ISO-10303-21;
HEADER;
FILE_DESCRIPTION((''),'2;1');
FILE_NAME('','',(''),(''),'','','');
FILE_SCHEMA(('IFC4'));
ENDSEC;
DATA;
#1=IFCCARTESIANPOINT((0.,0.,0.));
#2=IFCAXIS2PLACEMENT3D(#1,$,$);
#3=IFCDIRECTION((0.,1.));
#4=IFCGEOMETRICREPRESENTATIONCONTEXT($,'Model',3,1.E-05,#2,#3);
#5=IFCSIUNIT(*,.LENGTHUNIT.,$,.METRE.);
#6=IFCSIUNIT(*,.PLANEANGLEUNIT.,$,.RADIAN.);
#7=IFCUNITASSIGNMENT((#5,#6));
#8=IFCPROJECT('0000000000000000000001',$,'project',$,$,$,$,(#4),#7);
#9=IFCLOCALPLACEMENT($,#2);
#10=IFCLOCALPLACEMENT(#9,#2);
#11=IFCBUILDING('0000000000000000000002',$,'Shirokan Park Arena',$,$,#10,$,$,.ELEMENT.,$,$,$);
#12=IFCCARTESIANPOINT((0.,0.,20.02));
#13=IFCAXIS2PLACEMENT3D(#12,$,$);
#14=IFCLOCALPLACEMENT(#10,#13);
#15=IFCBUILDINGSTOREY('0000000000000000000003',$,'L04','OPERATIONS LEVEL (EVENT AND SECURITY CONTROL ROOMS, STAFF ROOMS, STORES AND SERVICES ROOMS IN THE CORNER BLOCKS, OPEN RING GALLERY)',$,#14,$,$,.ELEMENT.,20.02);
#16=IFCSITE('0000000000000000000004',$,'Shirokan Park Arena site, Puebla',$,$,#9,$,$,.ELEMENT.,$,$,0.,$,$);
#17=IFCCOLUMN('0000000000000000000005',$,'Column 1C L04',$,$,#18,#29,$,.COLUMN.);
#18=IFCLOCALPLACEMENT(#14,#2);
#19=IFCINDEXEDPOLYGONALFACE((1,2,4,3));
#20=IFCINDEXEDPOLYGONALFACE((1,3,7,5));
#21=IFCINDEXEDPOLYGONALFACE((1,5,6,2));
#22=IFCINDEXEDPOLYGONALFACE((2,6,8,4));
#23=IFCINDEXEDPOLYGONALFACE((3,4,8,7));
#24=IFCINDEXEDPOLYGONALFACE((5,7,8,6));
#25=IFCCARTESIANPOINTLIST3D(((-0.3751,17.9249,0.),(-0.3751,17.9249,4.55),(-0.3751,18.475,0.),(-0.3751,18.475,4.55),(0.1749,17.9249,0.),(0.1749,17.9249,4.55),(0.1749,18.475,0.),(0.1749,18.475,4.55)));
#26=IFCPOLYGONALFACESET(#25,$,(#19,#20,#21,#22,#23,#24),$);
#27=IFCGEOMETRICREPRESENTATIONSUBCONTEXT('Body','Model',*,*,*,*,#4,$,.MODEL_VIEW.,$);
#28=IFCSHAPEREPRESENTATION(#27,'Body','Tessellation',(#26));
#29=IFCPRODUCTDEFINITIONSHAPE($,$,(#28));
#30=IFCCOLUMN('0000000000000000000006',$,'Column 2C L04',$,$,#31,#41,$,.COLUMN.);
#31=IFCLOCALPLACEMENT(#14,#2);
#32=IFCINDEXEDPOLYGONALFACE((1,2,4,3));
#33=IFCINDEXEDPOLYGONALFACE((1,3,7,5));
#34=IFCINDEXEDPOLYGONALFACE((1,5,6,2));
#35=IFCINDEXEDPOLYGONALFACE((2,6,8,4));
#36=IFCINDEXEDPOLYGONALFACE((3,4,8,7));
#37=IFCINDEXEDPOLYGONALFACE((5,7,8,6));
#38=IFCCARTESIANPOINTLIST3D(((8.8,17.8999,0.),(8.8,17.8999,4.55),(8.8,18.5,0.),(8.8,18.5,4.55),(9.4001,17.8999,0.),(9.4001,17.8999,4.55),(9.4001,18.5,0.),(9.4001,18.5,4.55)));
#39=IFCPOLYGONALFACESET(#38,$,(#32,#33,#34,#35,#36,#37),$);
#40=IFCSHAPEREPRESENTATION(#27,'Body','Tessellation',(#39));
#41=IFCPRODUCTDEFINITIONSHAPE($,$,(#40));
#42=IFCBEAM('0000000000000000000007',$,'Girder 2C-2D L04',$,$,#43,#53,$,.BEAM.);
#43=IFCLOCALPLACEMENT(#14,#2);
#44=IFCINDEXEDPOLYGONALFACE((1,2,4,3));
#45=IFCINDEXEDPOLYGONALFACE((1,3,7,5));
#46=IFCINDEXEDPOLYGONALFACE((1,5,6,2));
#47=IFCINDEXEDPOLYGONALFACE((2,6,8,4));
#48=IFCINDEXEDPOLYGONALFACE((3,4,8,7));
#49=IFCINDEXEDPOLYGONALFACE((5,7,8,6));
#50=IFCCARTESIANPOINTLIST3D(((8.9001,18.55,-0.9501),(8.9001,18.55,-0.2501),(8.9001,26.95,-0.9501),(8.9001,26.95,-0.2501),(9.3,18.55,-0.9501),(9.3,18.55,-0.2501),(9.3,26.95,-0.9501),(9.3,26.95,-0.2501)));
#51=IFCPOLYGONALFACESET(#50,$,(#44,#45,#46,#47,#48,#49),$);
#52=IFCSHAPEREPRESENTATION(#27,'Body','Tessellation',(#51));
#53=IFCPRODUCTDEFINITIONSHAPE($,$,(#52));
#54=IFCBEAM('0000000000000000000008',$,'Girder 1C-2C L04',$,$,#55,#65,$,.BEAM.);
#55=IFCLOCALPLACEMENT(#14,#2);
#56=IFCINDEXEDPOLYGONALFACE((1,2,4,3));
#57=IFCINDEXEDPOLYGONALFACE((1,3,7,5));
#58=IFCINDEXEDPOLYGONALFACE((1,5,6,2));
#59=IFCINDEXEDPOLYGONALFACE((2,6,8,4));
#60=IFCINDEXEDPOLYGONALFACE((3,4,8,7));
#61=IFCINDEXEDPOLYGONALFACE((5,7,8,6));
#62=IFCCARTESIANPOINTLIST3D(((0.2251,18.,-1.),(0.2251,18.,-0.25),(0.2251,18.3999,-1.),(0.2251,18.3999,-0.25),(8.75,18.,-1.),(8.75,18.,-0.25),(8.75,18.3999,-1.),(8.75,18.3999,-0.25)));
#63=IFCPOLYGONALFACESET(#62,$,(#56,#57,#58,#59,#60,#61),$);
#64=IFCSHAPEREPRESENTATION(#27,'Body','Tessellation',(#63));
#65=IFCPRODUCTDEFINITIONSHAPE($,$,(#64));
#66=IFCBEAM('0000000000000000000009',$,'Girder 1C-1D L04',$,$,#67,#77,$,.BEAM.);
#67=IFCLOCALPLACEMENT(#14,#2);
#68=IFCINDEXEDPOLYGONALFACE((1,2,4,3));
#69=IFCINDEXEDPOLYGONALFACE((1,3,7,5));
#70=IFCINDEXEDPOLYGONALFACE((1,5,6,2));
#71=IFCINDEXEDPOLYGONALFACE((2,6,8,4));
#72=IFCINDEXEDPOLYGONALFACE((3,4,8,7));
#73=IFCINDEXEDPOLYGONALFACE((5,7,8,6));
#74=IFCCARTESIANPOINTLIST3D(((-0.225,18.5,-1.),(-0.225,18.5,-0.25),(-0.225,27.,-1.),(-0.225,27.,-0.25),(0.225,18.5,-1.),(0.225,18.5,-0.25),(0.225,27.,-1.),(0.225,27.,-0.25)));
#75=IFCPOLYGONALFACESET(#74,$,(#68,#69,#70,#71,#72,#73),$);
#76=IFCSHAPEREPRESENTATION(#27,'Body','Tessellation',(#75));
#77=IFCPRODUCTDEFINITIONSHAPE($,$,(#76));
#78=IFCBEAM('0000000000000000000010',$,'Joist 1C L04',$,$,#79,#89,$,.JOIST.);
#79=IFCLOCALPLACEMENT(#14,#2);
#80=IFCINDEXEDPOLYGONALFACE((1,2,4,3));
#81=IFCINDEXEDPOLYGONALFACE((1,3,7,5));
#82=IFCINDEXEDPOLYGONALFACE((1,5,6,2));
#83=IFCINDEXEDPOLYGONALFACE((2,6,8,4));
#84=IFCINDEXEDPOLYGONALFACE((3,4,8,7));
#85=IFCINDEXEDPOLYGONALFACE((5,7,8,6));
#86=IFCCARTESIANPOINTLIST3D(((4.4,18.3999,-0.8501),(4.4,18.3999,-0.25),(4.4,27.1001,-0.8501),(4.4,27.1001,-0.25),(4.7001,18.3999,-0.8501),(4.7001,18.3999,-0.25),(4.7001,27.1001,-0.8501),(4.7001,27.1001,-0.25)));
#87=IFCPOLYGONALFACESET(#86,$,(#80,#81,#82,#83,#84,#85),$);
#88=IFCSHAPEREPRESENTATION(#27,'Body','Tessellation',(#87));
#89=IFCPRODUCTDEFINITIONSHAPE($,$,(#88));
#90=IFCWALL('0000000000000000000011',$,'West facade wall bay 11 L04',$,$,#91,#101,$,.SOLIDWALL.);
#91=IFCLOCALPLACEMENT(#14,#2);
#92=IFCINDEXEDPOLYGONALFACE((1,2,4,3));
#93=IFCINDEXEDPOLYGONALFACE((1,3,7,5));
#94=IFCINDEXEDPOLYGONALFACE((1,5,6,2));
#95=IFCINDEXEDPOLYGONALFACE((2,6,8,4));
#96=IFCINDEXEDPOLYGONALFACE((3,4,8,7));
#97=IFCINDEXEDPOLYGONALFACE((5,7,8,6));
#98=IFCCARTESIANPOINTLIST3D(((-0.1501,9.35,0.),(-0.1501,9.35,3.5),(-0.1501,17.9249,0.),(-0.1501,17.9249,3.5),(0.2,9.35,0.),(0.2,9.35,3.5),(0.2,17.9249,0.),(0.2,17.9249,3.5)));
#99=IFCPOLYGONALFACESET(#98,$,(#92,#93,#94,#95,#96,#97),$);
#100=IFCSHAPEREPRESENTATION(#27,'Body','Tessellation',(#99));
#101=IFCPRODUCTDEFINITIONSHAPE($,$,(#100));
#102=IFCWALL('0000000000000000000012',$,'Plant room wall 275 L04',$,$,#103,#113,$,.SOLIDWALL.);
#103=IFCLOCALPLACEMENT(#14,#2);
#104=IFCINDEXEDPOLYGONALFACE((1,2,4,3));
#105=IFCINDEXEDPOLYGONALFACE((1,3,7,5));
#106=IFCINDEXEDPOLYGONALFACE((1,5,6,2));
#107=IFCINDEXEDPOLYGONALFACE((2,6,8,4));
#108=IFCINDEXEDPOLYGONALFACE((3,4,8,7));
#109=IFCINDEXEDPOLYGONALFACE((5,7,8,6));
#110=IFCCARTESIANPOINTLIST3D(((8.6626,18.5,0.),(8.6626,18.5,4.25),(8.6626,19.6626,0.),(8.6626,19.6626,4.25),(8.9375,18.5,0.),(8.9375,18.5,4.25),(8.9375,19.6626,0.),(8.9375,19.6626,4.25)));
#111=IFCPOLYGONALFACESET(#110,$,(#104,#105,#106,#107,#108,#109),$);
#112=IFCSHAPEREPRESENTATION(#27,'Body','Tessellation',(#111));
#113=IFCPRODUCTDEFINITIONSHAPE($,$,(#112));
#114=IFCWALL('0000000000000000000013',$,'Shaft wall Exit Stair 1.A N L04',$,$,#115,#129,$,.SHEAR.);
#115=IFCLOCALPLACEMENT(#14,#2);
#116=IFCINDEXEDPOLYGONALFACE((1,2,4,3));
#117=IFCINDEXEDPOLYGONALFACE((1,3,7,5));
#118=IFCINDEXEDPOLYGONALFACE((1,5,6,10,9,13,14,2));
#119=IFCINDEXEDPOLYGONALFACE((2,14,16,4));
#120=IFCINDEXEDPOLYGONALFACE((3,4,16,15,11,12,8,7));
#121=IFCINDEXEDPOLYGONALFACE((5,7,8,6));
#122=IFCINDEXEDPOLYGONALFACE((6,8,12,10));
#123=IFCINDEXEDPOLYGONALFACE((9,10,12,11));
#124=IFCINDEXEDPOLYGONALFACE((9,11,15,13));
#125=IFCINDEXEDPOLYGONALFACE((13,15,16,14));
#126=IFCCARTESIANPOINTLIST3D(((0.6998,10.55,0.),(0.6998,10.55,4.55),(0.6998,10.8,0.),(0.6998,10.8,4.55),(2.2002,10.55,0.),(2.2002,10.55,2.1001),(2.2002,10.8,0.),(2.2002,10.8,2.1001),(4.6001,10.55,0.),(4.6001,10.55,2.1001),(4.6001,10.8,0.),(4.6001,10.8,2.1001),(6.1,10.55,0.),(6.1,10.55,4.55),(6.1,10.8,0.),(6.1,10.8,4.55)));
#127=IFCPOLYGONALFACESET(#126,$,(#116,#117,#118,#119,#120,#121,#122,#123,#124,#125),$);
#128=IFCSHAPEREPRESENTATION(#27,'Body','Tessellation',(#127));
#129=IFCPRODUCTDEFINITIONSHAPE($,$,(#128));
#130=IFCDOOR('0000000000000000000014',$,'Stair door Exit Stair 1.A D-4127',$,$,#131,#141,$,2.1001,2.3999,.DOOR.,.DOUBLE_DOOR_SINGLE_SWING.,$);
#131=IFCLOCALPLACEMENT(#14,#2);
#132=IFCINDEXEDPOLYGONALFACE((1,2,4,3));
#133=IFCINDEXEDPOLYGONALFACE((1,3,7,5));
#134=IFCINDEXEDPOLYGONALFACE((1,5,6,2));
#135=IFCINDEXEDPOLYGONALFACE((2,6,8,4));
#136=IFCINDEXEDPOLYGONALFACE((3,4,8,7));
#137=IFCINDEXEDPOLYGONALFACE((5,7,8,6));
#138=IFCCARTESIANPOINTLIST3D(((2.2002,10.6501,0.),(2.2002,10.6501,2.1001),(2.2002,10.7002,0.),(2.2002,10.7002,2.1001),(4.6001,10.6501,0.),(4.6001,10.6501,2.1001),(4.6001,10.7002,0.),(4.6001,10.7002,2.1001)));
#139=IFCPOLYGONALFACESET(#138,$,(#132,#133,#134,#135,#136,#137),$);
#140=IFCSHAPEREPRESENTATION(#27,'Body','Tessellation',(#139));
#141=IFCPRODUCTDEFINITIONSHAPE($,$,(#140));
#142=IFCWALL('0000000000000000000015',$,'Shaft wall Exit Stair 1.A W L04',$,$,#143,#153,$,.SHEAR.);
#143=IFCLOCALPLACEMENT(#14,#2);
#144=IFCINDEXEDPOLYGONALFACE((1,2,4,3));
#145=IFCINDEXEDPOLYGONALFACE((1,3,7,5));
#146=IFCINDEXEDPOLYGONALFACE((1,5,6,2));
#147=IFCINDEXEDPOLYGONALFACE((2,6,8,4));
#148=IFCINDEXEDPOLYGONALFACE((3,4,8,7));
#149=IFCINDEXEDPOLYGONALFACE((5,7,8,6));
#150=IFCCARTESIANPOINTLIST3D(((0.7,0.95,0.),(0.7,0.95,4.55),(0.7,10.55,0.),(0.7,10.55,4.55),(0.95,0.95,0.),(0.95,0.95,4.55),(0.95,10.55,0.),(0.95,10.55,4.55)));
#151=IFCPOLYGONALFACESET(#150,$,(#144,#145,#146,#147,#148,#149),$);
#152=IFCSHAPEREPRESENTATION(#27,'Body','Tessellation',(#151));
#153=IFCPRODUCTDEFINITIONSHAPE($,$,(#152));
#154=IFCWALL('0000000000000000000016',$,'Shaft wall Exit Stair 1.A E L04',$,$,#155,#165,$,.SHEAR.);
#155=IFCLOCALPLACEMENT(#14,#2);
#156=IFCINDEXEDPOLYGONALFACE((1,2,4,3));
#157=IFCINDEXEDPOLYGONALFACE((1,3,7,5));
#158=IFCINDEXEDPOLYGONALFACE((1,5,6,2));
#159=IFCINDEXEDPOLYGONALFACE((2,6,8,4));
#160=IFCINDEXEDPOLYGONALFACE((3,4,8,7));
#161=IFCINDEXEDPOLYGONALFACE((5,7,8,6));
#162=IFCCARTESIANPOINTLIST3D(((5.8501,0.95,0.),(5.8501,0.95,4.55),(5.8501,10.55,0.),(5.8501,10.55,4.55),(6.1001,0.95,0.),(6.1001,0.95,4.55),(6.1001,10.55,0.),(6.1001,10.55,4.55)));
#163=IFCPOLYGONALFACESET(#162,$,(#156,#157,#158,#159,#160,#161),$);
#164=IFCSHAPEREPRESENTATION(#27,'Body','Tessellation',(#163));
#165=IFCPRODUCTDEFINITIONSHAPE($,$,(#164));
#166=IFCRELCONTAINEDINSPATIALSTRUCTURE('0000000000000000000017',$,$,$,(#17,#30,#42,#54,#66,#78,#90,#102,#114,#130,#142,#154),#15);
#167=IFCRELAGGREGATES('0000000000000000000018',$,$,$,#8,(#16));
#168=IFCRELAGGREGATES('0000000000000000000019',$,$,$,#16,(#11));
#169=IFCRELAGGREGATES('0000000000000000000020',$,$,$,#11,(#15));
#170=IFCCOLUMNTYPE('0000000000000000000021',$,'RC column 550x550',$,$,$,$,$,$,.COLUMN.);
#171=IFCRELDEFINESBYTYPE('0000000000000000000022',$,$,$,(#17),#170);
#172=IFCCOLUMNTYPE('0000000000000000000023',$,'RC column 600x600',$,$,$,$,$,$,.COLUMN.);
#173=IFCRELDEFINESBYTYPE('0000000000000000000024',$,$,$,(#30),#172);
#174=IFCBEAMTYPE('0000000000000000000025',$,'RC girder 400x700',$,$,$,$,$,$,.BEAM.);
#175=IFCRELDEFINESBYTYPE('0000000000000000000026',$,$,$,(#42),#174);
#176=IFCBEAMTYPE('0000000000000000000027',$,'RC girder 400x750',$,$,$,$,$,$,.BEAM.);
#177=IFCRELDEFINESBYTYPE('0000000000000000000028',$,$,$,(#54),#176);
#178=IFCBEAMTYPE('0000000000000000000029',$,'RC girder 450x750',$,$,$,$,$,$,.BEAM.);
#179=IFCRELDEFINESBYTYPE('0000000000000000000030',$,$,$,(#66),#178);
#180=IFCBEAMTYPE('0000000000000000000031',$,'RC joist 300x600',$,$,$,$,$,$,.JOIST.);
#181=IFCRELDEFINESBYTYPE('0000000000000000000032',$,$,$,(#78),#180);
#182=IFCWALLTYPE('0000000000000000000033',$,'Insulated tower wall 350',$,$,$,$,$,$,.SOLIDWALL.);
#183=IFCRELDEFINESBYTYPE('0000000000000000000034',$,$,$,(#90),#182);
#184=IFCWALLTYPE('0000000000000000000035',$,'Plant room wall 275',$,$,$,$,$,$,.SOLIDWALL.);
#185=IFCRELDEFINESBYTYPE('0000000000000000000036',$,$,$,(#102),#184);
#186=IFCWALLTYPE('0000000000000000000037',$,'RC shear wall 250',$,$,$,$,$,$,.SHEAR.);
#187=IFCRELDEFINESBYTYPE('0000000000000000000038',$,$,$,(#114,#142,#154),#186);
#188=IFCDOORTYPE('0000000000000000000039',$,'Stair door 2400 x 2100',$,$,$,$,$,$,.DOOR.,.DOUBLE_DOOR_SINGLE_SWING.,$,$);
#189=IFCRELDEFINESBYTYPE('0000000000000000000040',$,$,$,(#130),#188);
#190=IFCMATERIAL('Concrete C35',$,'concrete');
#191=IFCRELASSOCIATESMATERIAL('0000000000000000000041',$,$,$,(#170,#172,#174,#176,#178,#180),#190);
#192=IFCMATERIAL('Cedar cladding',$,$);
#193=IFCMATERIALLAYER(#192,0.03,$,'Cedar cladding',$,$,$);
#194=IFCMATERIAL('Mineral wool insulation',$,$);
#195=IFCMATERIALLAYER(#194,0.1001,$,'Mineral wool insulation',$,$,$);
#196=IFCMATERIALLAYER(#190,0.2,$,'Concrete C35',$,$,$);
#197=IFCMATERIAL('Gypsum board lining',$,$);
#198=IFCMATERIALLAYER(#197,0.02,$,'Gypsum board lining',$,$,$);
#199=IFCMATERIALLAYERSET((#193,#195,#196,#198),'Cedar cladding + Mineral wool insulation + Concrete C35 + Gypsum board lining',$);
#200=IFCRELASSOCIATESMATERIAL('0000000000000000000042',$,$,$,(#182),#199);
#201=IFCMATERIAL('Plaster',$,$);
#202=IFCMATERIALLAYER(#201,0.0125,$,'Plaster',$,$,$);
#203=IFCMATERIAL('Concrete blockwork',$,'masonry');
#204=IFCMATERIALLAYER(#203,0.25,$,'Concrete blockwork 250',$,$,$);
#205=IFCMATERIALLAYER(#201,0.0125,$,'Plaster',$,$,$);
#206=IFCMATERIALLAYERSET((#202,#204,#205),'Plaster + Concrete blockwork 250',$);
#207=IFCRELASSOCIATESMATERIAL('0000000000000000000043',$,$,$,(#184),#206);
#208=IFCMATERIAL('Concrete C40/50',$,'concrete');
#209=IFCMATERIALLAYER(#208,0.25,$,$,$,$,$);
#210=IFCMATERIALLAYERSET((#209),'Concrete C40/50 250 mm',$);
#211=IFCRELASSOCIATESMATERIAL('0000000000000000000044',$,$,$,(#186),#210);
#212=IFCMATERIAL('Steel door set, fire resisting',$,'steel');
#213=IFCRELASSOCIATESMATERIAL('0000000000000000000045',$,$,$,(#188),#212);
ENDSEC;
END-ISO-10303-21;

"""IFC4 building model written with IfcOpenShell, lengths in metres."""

from ifc_helpers import new_model, si_unit, direction, frame, frame_2d, origin, origin_2d, place, context, subcontext, project, spatial, rectangle, extrude, material, layer, layer_set, material_profile, profile_set, type_object, element, fill, save


model = new_model("IFC4")

# Units and contexts
model_context = context("Model", 3, precision=1e-05, world=origin(), true_north=direction((0.0, 1.0)))
body_context = subcontext(model_context, "Body", "Model", "MODEL_VIEW")
ifc_project = project(units=[si_unit("LENGTHUNIT", "METRE"), si_unit("PLANEANGLEUNIT", "RADIAN")], contexts=[model_context])

# Site, building, storey
site_placement = place(None, origin())
site = spatial("IfcSite", under=ifc_project, at=site_placement, Name="Shirokan Park Arena site, Puebla", CompositionType="ELEMENT", RefElevation=0.0)
building_placement = place(site_placement, origin())
building = spatial("IfcBuilding", under=site, at=building_placement, Name="Shirokan Park Arena", CompositionType="ELEMENT")
storey_placement = place(building_placement, frame((0.0, 0.0, 20.02)))
storey = spatial("IfcBuildingStorey", under=building, at=storey_placement, Name="L04", Description="OPERATIONS LEVEL (EVENT AND SECURITY CONTROL ROOMS, STAFF ROOMS, STORES AND SERVICES ROOMS IN THE CORNER BLOCKS, OPEN RING GALLERY)", CompositionType="ELEMENT", Elevation=20.02)

# Columns
ifc_material_1 = material(Name="Concrete C35", Category="concrete")
ifc_material_profile_1 = material_profile(ifc_material_1, rectangle(XDim=0.55, YDim=0.55, at=origin_2d()), Name="550x550")
ifc_profile_set_1 = profile_set([ifc_material_profile_1], Name="Concrete C35")
column_type_1 = type_object("IfcColumnType", Name="RC column 550x550", PredefinedType="COLUMN", material=ifc_profile_set_1)
column_1_placement = place(storey_placement, frame((-0.1001, 18.2, 0.0), z_axis=(0.0, 0.0, 1.0), x_axis=(1.0, 0.0, 0.0)))
element("IfcColumn", 1, at=column_1_placement, inside=storey, type_object=column_type_1, Name="Column 1C L04", PredefinedType="COLUMN", context=body_context, shape_type="SweptSolid", body=[
    extrude(rectangle(XDim=0.55, YDim=0.55, at=origin_2d()), origin(), (0.0, 0.0, 1.0), 4.55),
])
ifc_material_profile_2 = material_profile(ifc_material_1, rectangle(XDim=0.6001, YDim=0.6001, at=origin_2d()), Name="600x600")
ifc_profile_set_2 = profile_set([ifc_material_profile_2], Name="Concrete C35")
column_type_2 = type_object("IfcColumnType", Name="RC column 600x600", PredefinedType="COLUMN", material=ifc_profile_set_2)
column_2_placement = place(storey_placement, frame((9.1001, 18.2, 0.0), z_axis=(0.0, 0.0, 1.0), x_axis=(1.0, 0.0, 0.0)))
element("IfcColumn", 2, at=column_2_placement, inside=storey, type_object=column_type_2, Name="Column 2C L04", PredefinedType="COLUMN", context=body_context, shape_type="SweptSolid", body=[
    extrude(rectangle(XDim=0.6001, YDim=0.6001, at=origin_2d()), origin(), (0.0, 0.0, 1.0), 4.55),
])

# Beams
ifc_material_profile_3 = material_profile(ifc_material_1, rectangle(XDim=0.3999, YDim=0.7, at=origin_2d()), Name="400x700")
ifc_profile_set_3 = profile_set([ifc_material_profile_3], Name="Concrete C35")
beam_type_1 = type_object("IfcBeamType", Name="RC girder 400x700", PredefinedType="BEAM", material=ifc_profile_set_3)
beam_1_placement = place(storey_placement, frame((9.1001, 18.55, -0.6001), z_axis=(0.0, 1.0, 0.0), x_axis=(-1.0, 0.0, 0.0)))
element("IfcBeam", 3, at=beam_1_placement, inside=storey, type_object=beam_type_1, Name="Girder 2C-2D L04", PredefinedType="BEAM", context=body_context, shape_type="SweptSolid", body=[
    extrude(rectangle(XDim=0.3999, YDim=0.7, at=origin_2d()), origin(), (0.0, 0.0, 1.0), 8.3999),
])
ifc_material_profile_4 = material_profile(ifc_material_1, rectangle(XDim=0.3999, YDim=0.75, at=origin_2d()), Name="400x750")
ifc_profile_set_4 = profile_set([ifc_material_profile_4], Name="Concrete C35")
beam_type_2 = type_object("IfcBeamType", Name="RC girder 400x750", PredefinedType="BEAM", material=ifc_profile_set_4)
beam_2_placement = place(storey_placement, frame((0.2251, 18.2, -0.625), z_axis=(1.0, 0.0, 0.0), x_axis=(0.0, 1.0, 0.0)))
element("IfcBeam", 4, at=beam_2_placement, inside=storey, type_object=beam_type_2, Name="Girder 1C-2C L04", PredefinedType="BEAM", context=body_context, shape_type="SweptSolid", body=[
    extrude(rectangle(XDim=0.3999, YDim=0.75, at=origin_2d()), origin(), (0.0, 0.0, 1.0), 8.5249),
])
ifc_material_profile_5 = material_profile(ifc_material_1, rectangle(XDim=0.45, YDim=0.75, at=origin_2d()), Name="450x750")
ifc_profile_set_5 = profile_set([ifc_material_profile_5], Name="Concrete C35")
beam_type_3 = type_object("IfcBeamType", Name="RC girder 450x750", PredefinedType="BEAM", material=ifc_profile_set_5)
beam_3_placement = place(storey_placement, frame((0.0, 18.5, -0.625), z_axis=(0.0, 1.0, 0.0), x_axis=(-1.0, 0.0, 0.0)))
element("IfcBeam", 5, at=beam_3_placement, inside=storey, type_object=beam_type_3, Name="Girder 1C-1D L04", PredefinedType="BEAM", context=body_context, shape_type="SweptSolid", body=[
    extrude(rectangle(XDim=0.45, YDim=0.75, at=origin_2d()), origin(), (0.0, 0.0, 1.0), 8.5),
])
ifc_material_profile_6 = material_profile(ifc_material_1, rectangle(XDim=0.3, YDim=0.6001, at=origin_2d()), Name="300x600")
ifc_profile_set_6 = profile_set([ifc_material_profile_6], Name="Concrete C35")
beam_type_4 = type_object("IfcBeamType", Name="RC joist 300x600", PredefinedType="JOIST", material=ifc_profile_set_6)
beam_4_placement = place(storey_placement, frame((4.55, 18.3999, -0.55), z_axis=(0.0, 1.0, 0.0), x_axis=(-1.0, 0.0, 0.0)))
element("IfcBeam", 6, at=beam_4_placement, inside=storey, type_object=beam_type_4, Name="Joist 1C L04", PredefinedType="JOIST", context=body_context, shape_type="SweptSolid", body=[
    extrude(rectangle(XDim=0.3, YDim=0.6001, at=origin_2d()), origin(), (0.0, 0.0, 1.0), 8.7002),
])

# Wall
ifc_material_2 = material(Name="Cedar cladding")
ifc_layer_1 = layer(ifc_material_2, 0.03, Name="Cedar cladding")
ifc_material_3 = material(Name="Mineral wool insulation")
ifc_layer_2 = layer(ifc_material_3, 0.1001, Name="Mineral wool insulation")
ifc_layer_3 = layer(ifc_material_1, 0.2, Name="Concrete C35")
ifc_material_4 = material(Name="Gypsum board lining")
ifc_layer_4 = layer(ifc_material_4, 0.02, Name="Gypsum board lining")
ifc_layer_set_1 = layer_set([ifc_layer_1, ifc_layer_2, ifc_layer_3, ifc_layer_4], Name="Cedar cladding + Mineral wool insulation + Concrete C35 + Gypsum board lining")
wall_type_1 = type_object("IfcWallType", Name="Insulated tower wall 350", PredefinedType="SOLIDWALL", material=ifc_layer_set_1)
wall_1_placement = place(storey_placement, frame((0.0249, 17.925, 0.0), z_axis=(0.0, 0.0, 1.0), x_axis=(0.0, -1.0, 0.0)))
element("IfcWall", 7, at=wall_1_placement, inside=storey, type_object=wall_type_1, Name="West facade wall bay 11 L04", PredefinedType="SOLIDWALL", context=body_context, shape_type="SweptSolid", body=[
    extrude(rectangle(XDim=8.575, YDim=0.3501, at=frame_2d((4.2876, 0.0))), origin(), (0.0, 0.0, 1.0), 3.5),
])

# Shared definitions
ifc_material_5 = material(Name="Plaster")
ifc_layer_5 = layer(ifc_material_5, 0.0125, Name="Plaster")
ifc_material_6 = material(Name="Concrete blockwork", Category="masonry")
ifc_layer_6 = layer(ifc_material_6, 0.25, Name="Concrete blockwork 250")
ifc_layer_7 = layer(ifc_material_5, 0.0125, Name="Plaster")
ifc_layer_set_2 = layer_set([ifc_layer_5, ifc_layer_6, ifc_layer_7], Name="Plaster + Concrete blockwork 250")
wall_type_2 = type_object("IfcWallType", Name="Plant room wall 275", PredefinedType="SOLIDWALL", material=ifc_layer_set_2)

# Wall
wall_2_placement = place(storey_placement, frame((8.8, 19.6626, 0.0), z_axis=(0.0, 0.0, 1.0), x_axis=(0.0, -1.0, 0.0)))
element("IfcWall", 8, at=wall_2_placement, inside=storey, type_object=wall_type_2, Name="Plant room wall 275 L04", PredefinedType="SOLIDWALL", context=body_context, shape_type="SweptSolid", body=[
    extrude(rectangle(XDim=1.1626, YDim=0.2749, at=frame_2d((0.5813, 0.0))), origin(), (0.0, 0.0, 1.0), 4.25),
])

# Wall, opening, door
ifc_material_7 = material(Name="Concrete C40/50", Category="concrete")
ifc_layer_8 = layer(ifc_material_7, 0.25)
ifc_layer_set_3 = layer_set([ifc_layer_8], Name="Concrete C40/50 250 mm")
wall_type_3 = type_object("IfcWallType", Name="RC shear wall 250", PredefinedType="SHEAR", material=ifc_layer_set_3)
wall_3_placement = place(storey_placement, frame((6.1001, 10.675, 0.0), z_axis=(0.0, 0.0, 1.0), x_axis=(-1.0, 0.0, 0.0)))
wall_3 = element("IfcWall", 9, at=wall_3_placement, inside=storey, type_object=wall_type_3, Name="Shaft wall Exit Stair 1.A N L04", PredefinedType="SHEAR", context=body_context, shape_type="SweptSolid", body=[
    extrude(rectangle(XDim=5.4001, YDim=0.25, at=frame_2d((2.7002, 0.0))), origin(), (0.0, 0.0, 1.0), 4.55),
])
opening_1_placement = place(wall_3_placement, frame((1.5, 0.0, 0.0)))
opening_1 = element("IfcOpeningElement", 10, at=opening_1_placement, cuts=wall_3, PredefinedType="OPENING", context=body_context, shape_type="SweptSolid", body=[
    extrude(rectangle(XDim=2.3999, YDim=2.1001, at=frame_2d((1.2, 1.05))), frame((0.0, 0.135, 0.0), z_axis=(0.0, -1.0, 0.0), x_axis=(1.0, 0.0, 0.0)), (0.0, 0.0, 1.0), 0.27),
])
ifc_material_8 = material(Name="Steel door set, fire resisting", Category="steel")
door_type_1 = type_object("IfcDoorType", Name="Stair door 2400 x 2100", OperationType="DOUBLE_DOOR_SINGLE_SWING", PredefinedType="DOOR", material=ifc_material_8)
door_1_placement = place(opening_1_placement, origin())
door_1 = element("IfcDoor", 11, at=door_1_placement, inside=storey, type_object=door_type_1, Name="Stair door Exit Stair 1.A D-4127", OperationType="DOUBLE_DOOR_SINGLE_SWING", OverallHeight=2.1001, OverallWidth=2.3999, PredefinedType="DOOR", context=body_context, shape_type="SweptSolid", body=[
    extrude(rectangle(XDim=2.3999, YDim=2.1001, at=frame_2d((1.2, 1.05))), frame((0.0, 0.0249, 0.0), z_axis=(0.0, -1.0, 0.0), x_axis=(1.0, 0.0, 0.0)), (0.0, 0.0, 1.0), 0.05),
])
fill(opening_1, door_1)

# Walls
for number, where, z_axis, x_axis, name in (
    (12, (0.825, 10.55, 0.0), (0.0, 0.0, 1.0), (0.0, -1.0, 0.0), "Shaft wall Exit Stair 1.A W L04"),
    (13, (5.9751, 10.55, 0.0), (0.0, 0.0, 1.0), (0.0, -1.0, 0.0), "Shaft wall Exit Stair 1.A E L04"),
):
    element("IfcWall", number, at=place(storey_placement, frame(where, z_axis=z_axis, x_axis=x_axis)), inside=storey, type_object=wall_type_3, Name=name, PredefinedType="SHEAR", context=body_context, shape_type="SweptSolid", body=[
        extrude(rectangle(XDim=9.6001, YDim=0.25, at=frame_2d((4.8, 0.0))), origin(), (0.0, 0.0, 1.0), 4.55),
    ])

save(model, "model.ifc")
